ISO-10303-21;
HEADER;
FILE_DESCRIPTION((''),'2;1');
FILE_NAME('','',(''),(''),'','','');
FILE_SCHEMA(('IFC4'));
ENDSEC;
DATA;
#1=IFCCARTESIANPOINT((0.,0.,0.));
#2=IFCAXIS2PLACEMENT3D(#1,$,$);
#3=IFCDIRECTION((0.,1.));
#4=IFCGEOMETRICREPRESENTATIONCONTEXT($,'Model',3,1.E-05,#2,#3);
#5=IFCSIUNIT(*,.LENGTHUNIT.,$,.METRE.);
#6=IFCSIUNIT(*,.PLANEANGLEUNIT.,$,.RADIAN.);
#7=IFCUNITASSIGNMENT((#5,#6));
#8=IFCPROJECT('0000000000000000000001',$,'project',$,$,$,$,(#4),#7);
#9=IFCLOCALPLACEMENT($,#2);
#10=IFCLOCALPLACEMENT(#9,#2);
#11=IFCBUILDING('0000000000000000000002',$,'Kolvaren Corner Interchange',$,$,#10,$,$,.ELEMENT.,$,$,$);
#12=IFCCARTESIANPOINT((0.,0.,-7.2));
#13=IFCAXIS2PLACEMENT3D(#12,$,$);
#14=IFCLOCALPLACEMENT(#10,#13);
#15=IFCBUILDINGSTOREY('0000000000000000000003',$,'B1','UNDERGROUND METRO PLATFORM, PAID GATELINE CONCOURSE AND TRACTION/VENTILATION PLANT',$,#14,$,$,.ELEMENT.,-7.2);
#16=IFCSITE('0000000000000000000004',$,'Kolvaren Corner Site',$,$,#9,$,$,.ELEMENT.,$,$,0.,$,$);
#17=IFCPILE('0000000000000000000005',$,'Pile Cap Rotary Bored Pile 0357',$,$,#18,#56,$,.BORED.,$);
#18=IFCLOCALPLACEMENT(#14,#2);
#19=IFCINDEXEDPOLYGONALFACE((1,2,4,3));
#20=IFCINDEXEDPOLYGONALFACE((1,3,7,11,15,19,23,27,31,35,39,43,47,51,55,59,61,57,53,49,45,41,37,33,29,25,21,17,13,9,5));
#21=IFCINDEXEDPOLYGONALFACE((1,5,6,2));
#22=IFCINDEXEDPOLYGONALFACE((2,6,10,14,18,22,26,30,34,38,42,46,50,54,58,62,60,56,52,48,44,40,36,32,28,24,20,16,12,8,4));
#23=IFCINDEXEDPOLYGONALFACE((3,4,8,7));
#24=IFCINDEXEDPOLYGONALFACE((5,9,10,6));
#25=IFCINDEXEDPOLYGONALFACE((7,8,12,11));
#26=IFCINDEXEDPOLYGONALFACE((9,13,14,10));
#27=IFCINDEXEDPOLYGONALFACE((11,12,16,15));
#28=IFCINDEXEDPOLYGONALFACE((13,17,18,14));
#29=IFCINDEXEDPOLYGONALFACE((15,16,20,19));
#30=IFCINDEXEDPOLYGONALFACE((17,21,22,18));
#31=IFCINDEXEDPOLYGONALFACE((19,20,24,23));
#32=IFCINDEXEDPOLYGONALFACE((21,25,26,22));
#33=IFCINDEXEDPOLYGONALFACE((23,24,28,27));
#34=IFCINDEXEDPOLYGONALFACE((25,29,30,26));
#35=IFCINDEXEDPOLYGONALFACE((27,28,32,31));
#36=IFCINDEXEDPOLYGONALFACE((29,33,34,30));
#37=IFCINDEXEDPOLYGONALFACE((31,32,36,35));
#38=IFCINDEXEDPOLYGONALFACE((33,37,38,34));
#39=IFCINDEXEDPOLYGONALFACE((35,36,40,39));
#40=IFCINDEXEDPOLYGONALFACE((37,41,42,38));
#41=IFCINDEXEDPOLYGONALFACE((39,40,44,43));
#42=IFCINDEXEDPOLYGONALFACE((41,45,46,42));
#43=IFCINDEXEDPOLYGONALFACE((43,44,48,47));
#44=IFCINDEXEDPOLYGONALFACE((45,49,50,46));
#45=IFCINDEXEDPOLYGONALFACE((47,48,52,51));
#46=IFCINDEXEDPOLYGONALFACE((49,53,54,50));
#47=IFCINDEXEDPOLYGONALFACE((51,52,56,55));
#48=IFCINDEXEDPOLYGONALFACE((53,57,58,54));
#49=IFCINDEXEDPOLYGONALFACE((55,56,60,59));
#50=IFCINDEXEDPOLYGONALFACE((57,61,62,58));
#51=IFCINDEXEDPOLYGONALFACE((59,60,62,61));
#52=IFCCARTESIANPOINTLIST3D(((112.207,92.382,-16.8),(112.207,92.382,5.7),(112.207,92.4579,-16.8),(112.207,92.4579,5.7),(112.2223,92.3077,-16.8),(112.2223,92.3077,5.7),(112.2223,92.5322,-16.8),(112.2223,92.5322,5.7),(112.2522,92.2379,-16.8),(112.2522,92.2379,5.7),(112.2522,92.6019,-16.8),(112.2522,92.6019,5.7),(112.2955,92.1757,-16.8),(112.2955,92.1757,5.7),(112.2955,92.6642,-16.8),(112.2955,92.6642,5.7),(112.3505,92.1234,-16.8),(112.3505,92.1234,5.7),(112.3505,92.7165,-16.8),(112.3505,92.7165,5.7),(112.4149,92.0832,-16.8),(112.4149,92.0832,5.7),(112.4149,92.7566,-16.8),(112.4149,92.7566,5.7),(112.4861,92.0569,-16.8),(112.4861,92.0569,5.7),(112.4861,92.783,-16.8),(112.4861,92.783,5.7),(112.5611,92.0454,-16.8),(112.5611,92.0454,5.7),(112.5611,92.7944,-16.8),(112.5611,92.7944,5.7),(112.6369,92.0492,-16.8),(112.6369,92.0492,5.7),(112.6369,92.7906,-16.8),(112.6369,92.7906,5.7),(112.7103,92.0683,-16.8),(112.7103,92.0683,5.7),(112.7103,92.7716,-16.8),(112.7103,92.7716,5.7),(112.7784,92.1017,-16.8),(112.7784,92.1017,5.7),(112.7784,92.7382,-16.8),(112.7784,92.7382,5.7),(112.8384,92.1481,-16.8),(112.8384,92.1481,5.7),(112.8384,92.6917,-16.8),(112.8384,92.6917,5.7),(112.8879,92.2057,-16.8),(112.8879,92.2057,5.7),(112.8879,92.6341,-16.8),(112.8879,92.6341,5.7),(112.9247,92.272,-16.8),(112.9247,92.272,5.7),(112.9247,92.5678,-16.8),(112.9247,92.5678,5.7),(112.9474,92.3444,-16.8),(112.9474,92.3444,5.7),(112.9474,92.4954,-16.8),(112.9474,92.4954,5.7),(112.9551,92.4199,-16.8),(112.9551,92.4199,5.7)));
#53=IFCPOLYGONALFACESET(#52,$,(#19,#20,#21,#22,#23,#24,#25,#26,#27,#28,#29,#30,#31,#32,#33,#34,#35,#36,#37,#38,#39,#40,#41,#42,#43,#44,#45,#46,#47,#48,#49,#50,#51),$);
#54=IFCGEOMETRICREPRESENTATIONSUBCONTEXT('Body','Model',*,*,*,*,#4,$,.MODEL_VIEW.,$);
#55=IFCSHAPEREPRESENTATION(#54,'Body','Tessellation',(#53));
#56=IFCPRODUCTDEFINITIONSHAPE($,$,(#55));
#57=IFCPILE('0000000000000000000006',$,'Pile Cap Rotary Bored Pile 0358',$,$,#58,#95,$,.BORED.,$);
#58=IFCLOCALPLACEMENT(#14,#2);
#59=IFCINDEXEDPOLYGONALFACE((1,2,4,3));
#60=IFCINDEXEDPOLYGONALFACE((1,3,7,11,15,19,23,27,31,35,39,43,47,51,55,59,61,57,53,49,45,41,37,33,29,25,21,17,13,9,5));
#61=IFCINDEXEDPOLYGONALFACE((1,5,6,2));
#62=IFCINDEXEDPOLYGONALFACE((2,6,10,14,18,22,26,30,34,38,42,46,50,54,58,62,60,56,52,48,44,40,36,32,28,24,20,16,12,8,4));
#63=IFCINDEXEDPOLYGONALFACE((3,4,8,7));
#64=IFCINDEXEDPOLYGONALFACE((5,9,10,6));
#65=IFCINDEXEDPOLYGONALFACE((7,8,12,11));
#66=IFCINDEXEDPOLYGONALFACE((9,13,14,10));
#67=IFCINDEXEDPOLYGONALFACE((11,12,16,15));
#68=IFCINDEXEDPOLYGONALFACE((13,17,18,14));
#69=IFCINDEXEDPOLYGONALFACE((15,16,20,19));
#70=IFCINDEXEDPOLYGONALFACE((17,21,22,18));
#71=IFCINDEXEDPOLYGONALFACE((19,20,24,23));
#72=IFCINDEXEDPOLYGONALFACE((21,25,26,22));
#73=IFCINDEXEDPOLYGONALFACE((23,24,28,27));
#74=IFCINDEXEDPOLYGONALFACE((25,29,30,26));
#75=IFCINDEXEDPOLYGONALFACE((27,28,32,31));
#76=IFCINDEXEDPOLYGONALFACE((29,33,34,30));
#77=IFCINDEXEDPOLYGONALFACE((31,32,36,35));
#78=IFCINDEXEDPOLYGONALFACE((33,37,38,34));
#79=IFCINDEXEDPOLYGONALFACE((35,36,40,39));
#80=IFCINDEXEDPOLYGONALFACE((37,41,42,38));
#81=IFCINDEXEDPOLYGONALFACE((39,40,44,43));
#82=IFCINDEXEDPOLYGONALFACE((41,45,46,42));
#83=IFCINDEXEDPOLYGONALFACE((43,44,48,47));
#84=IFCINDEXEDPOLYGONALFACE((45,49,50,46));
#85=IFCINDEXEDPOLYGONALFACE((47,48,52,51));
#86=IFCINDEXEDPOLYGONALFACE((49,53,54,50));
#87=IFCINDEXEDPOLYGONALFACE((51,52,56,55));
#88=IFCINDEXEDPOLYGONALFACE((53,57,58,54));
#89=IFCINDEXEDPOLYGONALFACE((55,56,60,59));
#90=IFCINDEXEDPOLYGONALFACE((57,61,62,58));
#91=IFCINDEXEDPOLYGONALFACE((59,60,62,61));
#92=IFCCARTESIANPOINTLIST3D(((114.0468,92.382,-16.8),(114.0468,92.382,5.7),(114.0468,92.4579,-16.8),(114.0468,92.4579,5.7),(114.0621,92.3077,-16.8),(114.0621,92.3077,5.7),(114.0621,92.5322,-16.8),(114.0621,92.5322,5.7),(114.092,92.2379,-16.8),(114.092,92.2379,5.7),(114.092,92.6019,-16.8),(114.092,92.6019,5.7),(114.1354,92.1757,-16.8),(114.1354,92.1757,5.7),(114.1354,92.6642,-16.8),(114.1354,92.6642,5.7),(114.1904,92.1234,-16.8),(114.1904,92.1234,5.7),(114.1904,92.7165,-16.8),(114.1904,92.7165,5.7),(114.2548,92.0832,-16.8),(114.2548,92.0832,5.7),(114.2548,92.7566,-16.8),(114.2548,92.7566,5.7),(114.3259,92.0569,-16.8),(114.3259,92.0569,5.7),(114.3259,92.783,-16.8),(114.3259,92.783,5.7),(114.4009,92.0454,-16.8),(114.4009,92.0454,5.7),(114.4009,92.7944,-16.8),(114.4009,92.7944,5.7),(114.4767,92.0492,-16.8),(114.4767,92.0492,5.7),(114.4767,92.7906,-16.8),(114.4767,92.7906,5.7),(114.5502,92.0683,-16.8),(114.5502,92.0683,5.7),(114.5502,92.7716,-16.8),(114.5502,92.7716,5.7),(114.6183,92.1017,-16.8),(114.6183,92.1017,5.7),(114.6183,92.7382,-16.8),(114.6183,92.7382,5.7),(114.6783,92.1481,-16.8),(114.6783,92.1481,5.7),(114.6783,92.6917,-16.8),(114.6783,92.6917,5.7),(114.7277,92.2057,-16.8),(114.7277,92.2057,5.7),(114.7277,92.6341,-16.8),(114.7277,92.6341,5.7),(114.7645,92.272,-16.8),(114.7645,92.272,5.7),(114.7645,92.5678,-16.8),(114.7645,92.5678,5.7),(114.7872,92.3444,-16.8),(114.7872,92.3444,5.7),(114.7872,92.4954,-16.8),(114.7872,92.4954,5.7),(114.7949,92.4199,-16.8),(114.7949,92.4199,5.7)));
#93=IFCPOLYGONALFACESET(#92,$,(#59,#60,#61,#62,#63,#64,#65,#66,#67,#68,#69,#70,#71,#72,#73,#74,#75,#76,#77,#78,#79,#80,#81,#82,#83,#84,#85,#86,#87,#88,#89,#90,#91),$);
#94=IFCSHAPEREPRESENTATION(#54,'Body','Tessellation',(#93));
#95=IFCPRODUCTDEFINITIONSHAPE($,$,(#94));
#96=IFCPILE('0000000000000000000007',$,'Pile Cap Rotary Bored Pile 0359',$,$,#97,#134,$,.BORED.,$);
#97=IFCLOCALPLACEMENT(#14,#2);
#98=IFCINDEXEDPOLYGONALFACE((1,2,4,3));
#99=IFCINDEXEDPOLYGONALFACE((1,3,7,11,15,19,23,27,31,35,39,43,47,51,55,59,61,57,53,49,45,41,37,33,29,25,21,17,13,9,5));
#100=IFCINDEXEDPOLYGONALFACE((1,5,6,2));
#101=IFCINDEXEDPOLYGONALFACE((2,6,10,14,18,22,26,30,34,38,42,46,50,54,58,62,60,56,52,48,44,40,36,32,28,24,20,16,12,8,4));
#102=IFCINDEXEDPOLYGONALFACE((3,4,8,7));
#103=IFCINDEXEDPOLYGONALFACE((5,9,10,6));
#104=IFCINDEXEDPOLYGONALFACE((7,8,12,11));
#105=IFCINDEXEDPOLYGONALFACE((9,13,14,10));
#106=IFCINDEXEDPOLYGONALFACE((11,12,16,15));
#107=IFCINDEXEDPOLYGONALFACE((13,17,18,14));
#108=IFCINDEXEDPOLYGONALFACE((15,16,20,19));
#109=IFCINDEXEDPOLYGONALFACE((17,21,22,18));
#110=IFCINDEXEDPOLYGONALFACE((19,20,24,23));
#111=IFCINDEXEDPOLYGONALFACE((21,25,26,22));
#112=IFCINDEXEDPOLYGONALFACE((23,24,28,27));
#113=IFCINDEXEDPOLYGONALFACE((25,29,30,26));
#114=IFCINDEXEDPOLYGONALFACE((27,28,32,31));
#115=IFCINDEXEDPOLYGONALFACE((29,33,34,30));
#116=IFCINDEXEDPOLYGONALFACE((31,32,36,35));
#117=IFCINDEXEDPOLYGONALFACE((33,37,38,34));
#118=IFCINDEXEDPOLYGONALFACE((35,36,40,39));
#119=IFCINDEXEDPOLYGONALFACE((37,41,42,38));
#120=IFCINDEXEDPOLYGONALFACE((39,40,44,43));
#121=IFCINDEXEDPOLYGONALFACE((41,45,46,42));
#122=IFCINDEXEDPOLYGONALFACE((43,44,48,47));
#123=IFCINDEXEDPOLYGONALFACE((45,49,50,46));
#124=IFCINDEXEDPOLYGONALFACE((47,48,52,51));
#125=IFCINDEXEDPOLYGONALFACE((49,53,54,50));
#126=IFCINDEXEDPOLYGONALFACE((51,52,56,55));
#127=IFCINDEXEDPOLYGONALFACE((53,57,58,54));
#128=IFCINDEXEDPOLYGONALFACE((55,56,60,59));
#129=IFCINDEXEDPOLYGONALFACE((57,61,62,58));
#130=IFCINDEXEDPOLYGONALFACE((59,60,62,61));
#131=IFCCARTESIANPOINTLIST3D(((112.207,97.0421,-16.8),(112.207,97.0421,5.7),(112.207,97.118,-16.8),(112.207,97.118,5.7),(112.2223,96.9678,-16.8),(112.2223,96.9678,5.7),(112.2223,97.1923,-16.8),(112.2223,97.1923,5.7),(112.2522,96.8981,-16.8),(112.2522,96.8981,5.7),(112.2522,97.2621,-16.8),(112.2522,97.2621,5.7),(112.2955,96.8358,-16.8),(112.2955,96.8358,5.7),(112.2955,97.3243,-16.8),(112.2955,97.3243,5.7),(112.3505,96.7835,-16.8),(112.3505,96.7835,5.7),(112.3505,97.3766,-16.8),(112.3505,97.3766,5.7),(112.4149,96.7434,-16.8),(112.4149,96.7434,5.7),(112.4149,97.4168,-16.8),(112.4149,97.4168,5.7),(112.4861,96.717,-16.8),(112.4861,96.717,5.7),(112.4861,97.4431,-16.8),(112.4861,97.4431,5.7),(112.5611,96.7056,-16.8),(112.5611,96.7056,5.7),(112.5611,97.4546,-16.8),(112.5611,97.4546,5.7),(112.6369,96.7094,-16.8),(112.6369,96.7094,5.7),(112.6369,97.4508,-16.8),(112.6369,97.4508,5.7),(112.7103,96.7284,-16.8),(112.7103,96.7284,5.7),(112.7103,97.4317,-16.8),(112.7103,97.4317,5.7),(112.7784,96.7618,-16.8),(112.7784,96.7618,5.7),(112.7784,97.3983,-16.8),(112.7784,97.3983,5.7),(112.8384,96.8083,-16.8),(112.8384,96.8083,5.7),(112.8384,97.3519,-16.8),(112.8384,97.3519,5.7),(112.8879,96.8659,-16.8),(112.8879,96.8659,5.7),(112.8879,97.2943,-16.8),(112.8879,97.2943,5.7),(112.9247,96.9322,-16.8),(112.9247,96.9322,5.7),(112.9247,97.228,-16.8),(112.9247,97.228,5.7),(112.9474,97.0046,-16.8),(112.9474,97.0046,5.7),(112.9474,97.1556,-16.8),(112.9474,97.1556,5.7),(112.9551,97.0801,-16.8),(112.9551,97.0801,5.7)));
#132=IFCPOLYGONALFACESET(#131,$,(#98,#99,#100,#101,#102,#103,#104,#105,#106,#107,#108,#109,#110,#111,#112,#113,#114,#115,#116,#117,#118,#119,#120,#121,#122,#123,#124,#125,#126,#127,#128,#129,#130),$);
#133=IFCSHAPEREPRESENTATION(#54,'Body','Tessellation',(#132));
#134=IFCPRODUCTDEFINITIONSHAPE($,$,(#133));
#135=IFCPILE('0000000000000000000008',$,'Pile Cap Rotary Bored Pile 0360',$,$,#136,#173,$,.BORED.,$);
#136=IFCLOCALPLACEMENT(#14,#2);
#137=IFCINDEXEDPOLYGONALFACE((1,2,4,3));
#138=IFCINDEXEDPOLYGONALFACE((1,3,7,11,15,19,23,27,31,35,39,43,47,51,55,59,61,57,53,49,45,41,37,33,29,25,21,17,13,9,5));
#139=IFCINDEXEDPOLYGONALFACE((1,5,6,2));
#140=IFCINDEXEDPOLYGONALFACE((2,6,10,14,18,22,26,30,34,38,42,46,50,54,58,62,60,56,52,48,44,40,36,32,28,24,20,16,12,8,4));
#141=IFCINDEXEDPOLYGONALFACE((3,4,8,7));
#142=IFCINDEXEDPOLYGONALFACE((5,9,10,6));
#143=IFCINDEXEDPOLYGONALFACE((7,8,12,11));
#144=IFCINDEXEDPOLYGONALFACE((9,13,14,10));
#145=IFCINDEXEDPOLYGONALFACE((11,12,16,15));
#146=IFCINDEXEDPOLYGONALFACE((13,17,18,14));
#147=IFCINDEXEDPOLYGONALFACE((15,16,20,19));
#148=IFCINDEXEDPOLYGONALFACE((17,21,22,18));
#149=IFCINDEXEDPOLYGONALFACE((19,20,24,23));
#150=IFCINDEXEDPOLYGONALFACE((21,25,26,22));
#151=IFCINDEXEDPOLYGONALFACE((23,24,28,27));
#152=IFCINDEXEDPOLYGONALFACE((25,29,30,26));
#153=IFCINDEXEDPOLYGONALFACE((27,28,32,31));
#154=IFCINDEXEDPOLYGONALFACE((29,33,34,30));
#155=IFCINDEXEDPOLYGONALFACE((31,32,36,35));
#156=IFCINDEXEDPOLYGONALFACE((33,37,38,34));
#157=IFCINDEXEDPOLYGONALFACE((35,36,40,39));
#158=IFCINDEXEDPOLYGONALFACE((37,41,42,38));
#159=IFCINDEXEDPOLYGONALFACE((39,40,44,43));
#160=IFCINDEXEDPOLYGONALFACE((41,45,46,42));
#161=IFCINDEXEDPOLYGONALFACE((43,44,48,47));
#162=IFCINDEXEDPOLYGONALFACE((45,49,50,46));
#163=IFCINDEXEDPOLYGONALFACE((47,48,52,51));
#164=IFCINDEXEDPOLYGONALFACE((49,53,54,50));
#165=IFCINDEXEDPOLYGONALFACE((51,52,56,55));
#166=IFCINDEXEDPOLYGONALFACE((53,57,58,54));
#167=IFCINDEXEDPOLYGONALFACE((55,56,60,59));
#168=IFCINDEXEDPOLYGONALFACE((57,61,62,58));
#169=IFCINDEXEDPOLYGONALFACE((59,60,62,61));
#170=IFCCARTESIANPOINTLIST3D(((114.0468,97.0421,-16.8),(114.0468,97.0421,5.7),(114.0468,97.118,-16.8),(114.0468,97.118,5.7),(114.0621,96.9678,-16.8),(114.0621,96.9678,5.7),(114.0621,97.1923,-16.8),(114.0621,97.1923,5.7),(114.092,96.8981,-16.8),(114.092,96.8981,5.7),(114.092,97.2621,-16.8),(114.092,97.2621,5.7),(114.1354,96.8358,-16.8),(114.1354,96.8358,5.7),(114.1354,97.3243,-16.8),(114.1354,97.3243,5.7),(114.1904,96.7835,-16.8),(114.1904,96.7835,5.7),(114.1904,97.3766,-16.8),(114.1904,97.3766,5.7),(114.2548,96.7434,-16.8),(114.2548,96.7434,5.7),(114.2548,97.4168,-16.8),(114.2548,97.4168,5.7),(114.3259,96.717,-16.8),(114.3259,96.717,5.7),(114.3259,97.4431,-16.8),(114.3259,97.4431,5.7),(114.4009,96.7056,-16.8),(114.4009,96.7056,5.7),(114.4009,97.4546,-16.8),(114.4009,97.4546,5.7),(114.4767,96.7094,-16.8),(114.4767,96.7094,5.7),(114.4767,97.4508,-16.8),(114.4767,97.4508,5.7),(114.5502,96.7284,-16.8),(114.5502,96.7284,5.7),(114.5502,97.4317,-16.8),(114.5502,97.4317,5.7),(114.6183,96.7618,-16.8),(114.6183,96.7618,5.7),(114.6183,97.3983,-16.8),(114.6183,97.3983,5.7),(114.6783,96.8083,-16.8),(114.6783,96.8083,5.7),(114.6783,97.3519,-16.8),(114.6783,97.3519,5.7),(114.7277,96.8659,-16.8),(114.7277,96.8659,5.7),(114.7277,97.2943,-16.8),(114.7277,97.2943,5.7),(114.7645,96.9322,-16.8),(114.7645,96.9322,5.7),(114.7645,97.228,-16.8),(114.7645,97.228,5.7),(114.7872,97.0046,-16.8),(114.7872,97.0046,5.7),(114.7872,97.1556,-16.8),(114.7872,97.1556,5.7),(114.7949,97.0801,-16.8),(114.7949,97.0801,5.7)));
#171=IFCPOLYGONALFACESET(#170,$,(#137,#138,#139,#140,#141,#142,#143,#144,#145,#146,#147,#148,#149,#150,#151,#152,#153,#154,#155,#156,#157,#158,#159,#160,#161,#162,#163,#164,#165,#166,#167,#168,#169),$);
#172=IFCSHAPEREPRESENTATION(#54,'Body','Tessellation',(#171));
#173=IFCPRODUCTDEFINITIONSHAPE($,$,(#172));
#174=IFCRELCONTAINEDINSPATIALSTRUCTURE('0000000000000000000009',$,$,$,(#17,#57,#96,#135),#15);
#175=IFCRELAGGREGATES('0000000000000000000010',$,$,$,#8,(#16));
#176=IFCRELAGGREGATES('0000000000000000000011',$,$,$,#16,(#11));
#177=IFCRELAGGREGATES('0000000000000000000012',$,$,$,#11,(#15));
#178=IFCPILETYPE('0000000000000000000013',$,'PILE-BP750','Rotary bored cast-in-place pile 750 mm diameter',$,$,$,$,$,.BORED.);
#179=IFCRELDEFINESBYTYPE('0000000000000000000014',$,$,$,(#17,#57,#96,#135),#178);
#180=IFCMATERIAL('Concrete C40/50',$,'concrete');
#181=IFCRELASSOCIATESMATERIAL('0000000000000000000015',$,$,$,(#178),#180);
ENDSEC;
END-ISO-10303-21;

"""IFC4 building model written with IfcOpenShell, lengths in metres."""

from ifc_helpers import new_model, si_unit, direction, frame, origin, origin_2d, place, context, subcontext, project, spatial, circle, extrude, material, material_profile, profile_set, type_object, element, save


model = new_model("IFC4")

# Units and contexts
model_context = context("Model", 3, precision=1e-05, world=origin(), true_north=direction((0.0, 1.0)))
body_context = subcontext(model_context, "Body", "Model", "MODEL_VIEW")
ifc_project = project(units=[si_unit("LENGTHUNIT", "METRE"), si_unit("PLANEANGLEUNIT", "RADIAN")], contexts=[model_context])

# Site, building, storey
site_placement = place(None, origin())
site = spatial("IfcSite", under=ifc_project, at=site_placement, Name="Kolvaren Corner Site", CompositionType="ELEMENT", RefElevation=0.0)
building_placement = place(site_placement, origin())
building = spatial("IfcBuilding", under=site, at=building_placement, Name="Kolvaren Corner Interchange", CompositionType="ELEMENT")
storey_placement = place(building_placement, frame((0.0, 0.0, -7.2)))
storey = spatial("IfcBuildingStorey", under=building, at=storey_placement, Name="B1", Description="UNDERGROUND METRO PLATFORM, PAID GATELINE CONCOURSE AND TRACTION/VENTILATION PLANT", CompositionType="ELEMENT", Elevation=-7.2)

# Piles
ifc_material_1 = material(Name="Concrete C40/50", Category="concrete")
ifc_material_profile_1 = material_profile(ifc_material_1, circle(Radius=0.375, at=origin_2d()), Name="BORED PILE 750")
ifc_profile_set_1 = profile_set([ifc_material_profile_1], Name="Concrete C40/50")
pile_type_1 = type_object("IfcPileType", Name="PILE-BP750", Description="Rotary bored cast-in-place pile 750 mm diameter", PredefinedType="BORED", material=ifc_profile_set_1)
for number, where, z_axis, x_axis, name in (
    (1, (112.5801, 92.4199, 5.7), (0.0, 0.0, -1.0), (1.0, 0.0, 0.0), "Pile Cap Rotary Bored Pile 0357"),
    (2, (114.4199, 92.4199, 5.7), (0.0, 0.0, -1.0), (1.0, 0.0, 0.0), "Pile Cap Rotary Bored Pile 0358"),
    (3, (112.5801, 97.0801, 5.7), (0.0, 0.0, -1.0), (1.0, 0.0, 0.0), "Pile Cap Rotary Bored Pile 0359"),
    (4, (114.4199, 97.0801, 5.7), (0.0, 0.0, -1.0), (1.0, 0.0, 0.0), "Pile Cap Rotary Bored Pile 0360"),
):
    element("IfcPile", number, at=place(storey_placement, frame(where, z_axis=z_axis, x_axis=x_axis)), inside=storey, type_object=pile_type_1, Name=name, PredefinedType="BORED", context=body_context, shape_type="SweptSolid", body=[
        extrude(circle(Radius=0.375, at=origin_2d()), origin(), (0.0, 0.0, 1.0), 22.5),
    ])

save(model, "model.ifc")
